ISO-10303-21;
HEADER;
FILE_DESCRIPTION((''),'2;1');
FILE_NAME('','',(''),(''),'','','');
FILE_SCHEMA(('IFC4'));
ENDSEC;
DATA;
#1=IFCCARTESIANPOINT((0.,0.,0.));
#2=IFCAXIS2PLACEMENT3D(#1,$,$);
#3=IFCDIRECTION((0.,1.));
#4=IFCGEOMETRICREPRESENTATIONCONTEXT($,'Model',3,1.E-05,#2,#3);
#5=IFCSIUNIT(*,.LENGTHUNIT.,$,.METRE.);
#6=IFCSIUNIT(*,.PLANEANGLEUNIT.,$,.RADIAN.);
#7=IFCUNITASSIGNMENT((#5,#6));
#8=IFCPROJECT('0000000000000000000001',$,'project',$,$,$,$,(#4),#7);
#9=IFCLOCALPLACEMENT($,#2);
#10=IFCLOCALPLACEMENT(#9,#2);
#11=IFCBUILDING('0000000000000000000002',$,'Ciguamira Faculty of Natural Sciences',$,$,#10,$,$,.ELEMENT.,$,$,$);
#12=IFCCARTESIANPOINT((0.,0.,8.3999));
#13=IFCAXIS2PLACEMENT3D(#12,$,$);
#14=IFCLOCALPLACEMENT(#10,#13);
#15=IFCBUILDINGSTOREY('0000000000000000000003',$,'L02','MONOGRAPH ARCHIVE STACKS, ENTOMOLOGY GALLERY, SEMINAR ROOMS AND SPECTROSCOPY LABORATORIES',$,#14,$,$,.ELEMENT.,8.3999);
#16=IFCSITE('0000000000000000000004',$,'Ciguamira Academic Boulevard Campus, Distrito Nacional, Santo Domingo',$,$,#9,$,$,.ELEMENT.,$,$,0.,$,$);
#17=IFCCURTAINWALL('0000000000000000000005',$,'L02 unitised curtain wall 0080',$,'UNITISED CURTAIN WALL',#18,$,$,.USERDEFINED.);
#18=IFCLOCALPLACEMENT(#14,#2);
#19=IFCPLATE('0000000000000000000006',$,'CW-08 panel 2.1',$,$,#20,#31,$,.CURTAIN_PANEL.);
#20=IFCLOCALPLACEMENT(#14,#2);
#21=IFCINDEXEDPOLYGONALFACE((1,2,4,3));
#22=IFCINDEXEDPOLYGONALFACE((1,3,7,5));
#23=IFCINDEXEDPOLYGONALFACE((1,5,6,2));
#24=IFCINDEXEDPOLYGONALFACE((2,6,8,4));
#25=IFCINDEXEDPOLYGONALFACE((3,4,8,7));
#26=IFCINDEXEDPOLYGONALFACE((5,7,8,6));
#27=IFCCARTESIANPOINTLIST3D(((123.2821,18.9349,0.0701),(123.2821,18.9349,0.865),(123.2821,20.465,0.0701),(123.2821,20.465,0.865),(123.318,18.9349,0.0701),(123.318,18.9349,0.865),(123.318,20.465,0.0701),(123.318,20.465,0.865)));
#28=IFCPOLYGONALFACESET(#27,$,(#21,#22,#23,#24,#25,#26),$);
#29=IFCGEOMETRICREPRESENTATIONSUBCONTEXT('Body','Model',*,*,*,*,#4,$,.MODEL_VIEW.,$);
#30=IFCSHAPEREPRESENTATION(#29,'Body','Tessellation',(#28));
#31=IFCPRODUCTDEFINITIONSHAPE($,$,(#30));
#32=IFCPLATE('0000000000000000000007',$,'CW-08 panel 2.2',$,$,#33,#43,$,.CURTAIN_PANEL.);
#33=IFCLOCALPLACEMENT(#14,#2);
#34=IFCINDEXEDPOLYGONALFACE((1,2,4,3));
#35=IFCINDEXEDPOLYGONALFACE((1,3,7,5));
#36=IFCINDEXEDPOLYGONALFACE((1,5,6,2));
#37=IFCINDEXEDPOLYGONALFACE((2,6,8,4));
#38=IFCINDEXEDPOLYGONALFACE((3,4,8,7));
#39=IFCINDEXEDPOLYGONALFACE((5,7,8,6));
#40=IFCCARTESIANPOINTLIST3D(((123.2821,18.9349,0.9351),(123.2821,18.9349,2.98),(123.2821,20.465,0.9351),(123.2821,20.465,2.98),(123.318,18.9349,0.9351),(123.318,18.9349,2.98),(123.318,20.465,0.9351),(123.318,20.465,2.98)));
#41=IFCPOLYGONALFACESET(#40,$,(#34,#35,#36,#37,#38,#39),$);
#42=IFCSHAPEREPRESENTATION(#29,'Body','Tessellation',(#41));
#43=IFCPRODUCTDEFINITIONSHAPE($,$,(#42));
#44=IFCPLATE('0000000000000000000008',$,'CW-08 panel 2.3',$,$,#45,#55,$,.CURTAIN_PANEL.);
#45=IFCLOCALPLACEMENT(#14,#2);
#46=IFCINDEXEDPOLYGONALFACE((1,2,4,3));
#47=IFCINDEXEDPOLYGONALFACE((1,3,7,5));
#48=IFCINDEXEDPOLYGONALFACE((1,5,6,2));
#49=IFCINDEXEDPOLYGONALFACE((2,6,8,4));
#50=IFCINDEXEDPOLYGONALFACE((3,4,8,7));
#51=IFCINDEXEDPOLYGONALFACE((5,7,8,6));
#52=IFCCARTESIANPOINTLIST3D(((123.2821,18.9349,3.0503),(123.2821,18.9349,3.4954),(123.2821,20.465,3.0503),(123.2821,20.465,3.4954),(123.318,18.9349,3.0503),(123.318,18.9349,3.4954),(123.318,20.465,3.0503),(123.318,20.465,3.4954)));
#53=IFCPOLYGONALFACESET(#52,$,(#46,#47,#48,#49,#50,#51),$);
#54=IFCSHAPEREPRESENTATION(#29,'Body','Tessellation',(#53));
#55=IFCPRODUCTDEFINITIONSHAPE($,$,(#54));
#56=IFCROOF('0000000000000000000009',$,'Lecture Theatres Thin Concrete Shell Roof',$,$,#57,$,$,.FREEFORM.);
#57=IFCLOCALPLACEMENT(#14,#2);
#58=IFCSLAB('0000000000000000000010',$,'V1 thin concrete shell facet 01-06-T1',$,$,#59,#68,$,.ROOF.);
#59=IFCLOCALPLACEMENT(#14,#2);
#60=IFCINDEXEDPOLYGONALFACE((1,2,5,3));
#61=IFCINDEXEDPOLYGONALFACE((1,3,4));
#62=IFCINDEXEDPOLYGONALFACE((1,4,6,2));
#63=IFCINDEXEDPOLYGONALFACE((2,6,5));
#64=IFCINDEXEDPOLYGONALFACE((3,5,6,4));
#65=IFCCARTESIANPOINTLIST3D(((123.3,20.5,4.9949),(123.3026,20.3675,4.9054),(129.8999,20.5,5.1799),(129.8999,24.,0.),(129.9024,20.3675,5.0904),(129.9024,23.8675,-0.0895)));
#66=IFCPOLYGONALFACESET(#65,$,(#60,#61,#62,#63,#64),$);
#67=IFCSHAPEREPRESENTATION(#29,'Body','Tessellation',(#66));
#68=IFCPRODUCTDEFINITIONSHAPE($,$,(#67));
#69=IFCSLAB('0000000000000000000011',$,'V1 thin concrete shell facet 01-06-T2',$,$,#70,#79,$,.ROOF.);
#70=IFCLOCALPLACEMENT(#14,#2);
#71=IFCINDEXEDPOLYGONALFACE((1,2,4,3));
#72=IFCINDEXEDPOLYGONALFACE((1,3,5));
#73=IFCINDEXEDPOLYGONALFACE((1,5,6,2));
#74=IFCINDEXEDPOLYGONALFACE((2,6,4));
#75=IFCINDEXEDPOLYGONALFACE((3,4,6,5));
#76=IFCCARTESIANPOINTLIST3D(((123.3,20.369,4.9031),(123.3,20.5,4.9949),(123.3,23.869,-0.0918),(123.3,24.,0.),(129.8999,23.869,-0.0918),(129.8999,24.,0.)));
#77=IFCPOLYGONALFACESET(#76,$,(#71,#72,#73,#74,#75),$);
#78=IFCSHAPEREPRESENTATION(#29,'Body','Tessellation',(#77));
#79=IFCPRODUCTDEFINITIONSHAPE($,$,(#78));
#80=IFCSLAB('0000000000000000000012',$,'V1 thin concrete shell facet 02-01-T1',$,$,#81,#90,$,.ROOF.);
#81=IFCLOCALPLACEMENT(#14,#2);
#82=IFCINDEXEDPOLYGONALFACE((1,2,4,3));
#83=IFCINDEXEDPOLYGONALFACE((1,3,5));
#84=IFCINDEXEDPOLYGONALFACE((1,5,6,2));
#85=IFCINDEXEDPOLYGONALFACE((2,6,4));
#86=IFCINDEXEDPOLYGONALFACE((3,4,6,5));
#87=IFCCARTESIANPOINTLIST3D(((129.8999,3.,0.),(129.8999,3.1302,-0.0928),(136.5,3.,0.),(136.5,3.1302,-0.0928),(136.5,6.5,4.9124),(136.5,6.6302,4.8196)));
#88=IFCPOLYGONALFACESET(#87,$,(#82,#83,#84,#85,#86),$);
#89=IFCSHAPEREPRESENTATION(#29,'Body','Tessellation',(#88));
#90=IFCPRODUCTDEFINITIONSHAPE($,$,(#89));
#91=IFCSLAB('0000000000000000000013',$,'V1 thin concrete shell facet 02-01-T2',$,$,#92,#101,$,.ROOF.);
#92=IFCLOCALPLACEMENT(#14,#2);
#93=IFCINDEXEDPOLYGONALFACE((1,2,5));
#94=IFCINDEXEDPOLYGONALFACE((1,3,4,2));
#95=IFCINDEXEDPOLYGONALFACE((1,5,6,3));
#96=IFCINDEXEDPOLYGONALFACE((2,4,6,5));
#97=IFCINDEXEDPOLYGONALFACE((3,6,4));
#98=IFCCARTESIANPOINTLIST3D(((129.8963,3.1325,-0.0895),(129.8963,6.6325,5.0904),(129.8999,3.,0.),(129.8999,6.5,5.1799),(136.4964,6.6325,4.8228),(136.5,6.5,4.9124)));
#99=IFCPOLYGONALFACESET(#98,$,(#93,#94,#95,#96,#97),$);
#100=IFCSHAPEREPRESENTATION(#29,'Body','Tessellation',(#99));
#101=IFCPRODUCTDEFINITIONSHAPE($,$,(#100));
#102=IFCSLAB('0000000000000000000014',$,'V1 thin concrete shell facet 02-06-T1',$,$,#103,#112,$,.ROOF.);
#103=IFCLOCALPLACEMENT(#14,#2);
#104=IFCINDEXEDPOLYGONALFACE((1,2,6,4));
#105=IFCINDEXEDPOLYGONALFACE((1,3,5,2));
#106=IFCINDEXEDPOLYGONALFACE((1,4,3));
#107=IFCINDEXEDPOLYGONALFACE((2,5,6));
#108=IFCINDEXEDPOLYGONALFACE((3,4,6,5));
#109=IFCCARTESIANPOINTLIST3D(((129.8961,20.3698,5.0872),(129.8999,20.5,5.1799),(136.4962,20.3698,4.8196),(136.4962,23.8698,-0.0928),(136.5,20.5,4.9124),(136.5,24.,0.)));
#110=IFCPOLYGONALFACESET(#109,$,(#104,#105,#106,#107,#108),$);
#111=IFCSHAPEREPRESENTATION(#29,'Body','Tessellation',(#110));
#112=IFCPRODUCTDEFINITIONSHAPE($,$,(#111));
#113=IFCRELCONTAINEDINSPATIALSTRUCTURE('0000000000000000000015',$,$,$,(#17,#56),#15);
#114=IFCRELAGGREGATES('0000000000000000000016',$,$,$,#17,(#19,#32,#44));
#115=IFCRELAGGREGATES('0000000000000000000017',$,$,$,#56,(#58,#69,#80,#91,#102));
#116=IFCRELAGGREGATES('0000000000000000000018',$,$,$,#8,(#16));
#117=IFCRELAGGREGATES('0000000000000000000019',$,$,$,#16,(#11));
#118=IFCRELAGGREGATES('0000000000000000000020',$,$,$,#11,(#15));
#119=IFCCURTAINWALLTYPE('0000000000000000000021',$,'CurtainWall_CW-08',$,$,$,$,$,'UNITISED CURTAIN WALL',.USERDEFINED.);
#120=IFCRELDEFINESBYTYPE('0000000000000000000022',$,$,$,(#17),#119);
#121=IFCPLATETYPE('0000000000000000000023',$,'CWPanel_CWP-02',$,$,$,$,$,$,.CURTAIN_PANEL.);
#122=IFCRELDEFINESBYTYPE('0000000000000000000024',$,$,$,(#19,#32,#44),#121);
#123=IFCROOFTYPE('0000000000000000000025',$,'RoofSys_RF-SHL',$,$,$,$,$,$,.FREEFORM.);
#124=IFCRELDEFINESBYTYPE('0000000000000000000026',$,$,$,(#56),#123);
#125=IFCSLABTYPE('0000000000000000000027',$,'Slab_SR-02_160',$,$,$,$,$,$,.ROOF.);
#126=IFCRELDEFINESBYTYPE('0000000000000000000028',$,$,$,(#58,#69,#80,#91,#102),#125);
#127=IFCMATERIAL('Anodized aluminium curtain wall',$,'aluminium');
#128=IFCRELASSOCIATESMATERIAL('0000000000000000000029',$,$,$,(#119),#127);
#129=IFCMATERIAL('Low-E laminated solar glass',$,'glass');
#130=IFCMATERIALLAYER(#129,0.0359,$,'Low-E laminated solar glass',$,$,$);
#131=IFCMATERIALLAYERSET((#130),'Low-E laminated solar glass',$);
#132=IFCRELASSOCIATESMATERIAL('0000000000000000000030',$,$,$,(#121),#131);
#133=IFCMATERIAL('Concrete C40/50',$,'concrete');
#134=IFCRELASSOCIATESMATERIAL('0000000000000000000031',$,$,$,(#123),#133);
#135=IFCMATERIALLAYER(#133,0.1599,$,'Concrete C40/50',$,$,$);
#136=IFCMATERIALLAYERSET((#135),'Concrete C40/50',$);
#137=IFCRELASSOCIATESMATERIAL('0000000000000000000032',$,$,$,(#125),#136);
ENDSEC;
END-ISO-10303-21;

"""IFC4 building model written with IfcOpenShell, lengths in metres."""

from ifc_helpers import new_model, si_unit, direction, frame, origin, origin_2d, place, context, subcontext, project, spatial, polyline, rectangle, outline, extrude, material, layer, layer_set, type_object, element, aggregate, save


model = new_model("IFC4")

# Units and contexts
model_context = context("Model", 3, precision=1e-05, world=origin(), true_north=direction((0.0, 1.0)))
body_context = subcontext(model_context, "Body", "Model", "MODEL_VIEW")
ifc_project = project(units=[si_unit("LENGTHUNIT", "METRE"), si_unit("PLANEANGLEUNIT", "RADIAN")], contexts=[model_context])

# Site, building, storey
site_placement = place(None, origin())
site = spatial("IfcSite", under=ifc_project, at=site_placement, Name="Ciguamira Academic Boulevard Campus, Distrito Nacional, Santo Domingo", CompositionType="ELEMENT", RefElevation=0.0)
building_placement = place(site_placement, origin())
building = spatial("IfcBuilding", under=site, at=building_placement, Name="Ciguamira Faculty of Natural Sciences", CompositionType="ELEMENT")
storey_placement = place(building_placement, frame((0.0, 0.0, 8.3999)))
storey = spatial("IfcBuildingStorey", under=building, at=storey_placement, Name="L02", Description="MONOGRAPH ARCHIVE STACKS, ENTOMOLOGY GALLERY, SEMINAR ROOMS AND SPECTROSCOPY LABORATORIES", CompositionType="ELEMENT", Elevation=8.3999)

# Curtain wall
ifc_material_1 = material(Name="Anodized aluminium curtain wall", Category="aluminium")
curtain_wall_type = type_object("IfcCurtainWallType", Name="CurtainWall_CW-08", ElementType="UNITISED CURTAIN WALL", PredefinedType="USERDEFINED", material=ifc_material_1)
curtain_wall_placement = place(storey_placement, origin())
curtain_wall = element("IfcCurtainWall", 1, at=curtain_wall_placement, inside=storey, type_object=curtain_wall_type, Name="L02 unitised curtain wall 0080", ObjectType="UNITISED CURTAIN WALL", PredefinedType="USERDEFINED")

# Shared definitions
ifc_material_2 = material(Name="Concrete C40/50", Category="concrete")

# Plates
ifc_material_3 = material(Name="Low-E laminated solar glass", Category="glass")
ifc_layer_1 = layer(ifc_material_3, 0.0359, Name="Low-E laminated solar glass")
ifc_layer_set_1 = layer_set([ifc_layer_1], Name="Low-E laminated solar glass")
plate_type = type_object("IfcPlateType", Name="CWPanel_CWP-02", PredefinedType="CURTAIN_PANEL", material=ifc_layer_set_1)
plate_1_placement = place(storey_placement, frame((123.3, 19.7, 0.0701), z_axis=(0.0, 0.0, 1.0), x_axis=(0.0, 1.0, 0.0)))
plate_1 = element("IfcPlate", 2, at=plate_1_placement, type_object=plate_type, Name="CW-08 panel 2.1", PredefinedType="CURTAIN_PANEL", context=body_context, shape_type="SweptSolid", body=[
    extrude(rectangle(XDim=1.53, YDim=0.0359, at=origin_2d()), origin(), (0.0, 0.0, 1.0), 0.7949),
])
plate_2_placement = place(storey_placement, frame((123.3, 19.7, 0.9351), z_axis=(0.0, 0.0, 1.0), x_axis=(0.0, 1.0, 0.0)))
plate_2 = element("IfcPlate", 3, at=plate_2_placement, type_object=plate_type, Name="CW-08 panel 2.2", PredefinedType="CURTAIN_PANEL", context=body_context, shape_type="SweptSolid", body=[
    extrude(rectangle(XDim=1.53, YDim=0.0359, at=origin_2d()), origin(), (0.0, 0.0, 1.0), 2.0449),
])
plate_3_placement = place(storey_placement, frame((123.3, 19.7, 3.0503), z_axis=(0.0, 0.0, 1.0), x_axis=(0.0, 1.0, 0.0)))
plate_3 = element("IfcPlate", 4, at=plate_3_placement, type_object=plate_type, Name="CW-08 panel 2.3", PredefinedType="CURTAIN_PANEL", context=body_context, shape_type="SweptSolid", body=[
    extrude(rectangle(XDim=1.53, YDim=0.0359, at=origin_2d()), origin(), (0.0, 0.0, 1.0), 0.4451),
])
aggregate(curtain_wall, [plate_1, plate_2, plate_3])

# Roof, slabs
roof_type = type_object("IfcRoofType", Name="RoofSys_RF-SHL", PredefinedType="FREEFORM", material=ifc_material_2)
roof_placement = place(storey_placement, origin())
roof = element("IfcRoof", 5, at=roof_placement, inside=storey, type_object=roof_type, Name="Lecture Theatres Thin Concrete Shell Roof", PredefinedType="FREEFORM")
ifc_layer_2 = layer(ifc_material_2, 0.1599, Name="Concrete C40/50")
ifc_layer_set_2 = layer_set([ifc_layer_2], Name="Concrete C40/50")
slab_type = type_object("IfcSlabType", Name="Slab_SR-02_160", PredefinedType="ROOF", material=ifc_layer_set_2)
slab_1_placement = place(storey_placement, frame((123.3, 20.5, 4.9949), z_axis=(-0.015696, 0.828483, 0.559794), x_axis=(0.999607, 0.0, 0.028029)))
slab_1 = element("IfcSlab", 6, at=slab_1_placement, type_object=slab_type, Name="V1 thin concrete shell facet 01-06-T1", PredefinedType="ROOF", context=body_context, shape_type="SweptSolid", body=[
    extrude(outline(polyline([(0.0, 0.0), (6.6024, 0.0), (6.4573, 6.2498), (0.0, 0.0)])), origin(), (0.0, 0.0, -1.0), 0.1599),
])
slab_2_placement = place(storey_placement, frame((123.3, 20.5, 4.9949), z_axis=(0.0, 0.818955, 0.573857), x_axis=(0.73442, 0.389474, -0.555821)))
slab_2 = element("IfcSlab", 7, at=slab_2_placement, type_object=slab_type, Name="V1 thin concrete shell facet 01-06-T2", PredefinedType="ROOF", context=body_context, shape_type="SweptSolid", body=[
    extrude(outline(polyline([(0.0, 0.0), (8.9865, 0.0), (4.1394, 4.4793), (0.0, 0.0)])), origin(), (0.0, 0.0, -1.0), 0.1599),
])
slab_3_placement = place(storey_placement, frame((129.8999, 3.0, 0.0), z_axis=(0.0, -0.814425, 0.580269), x_axis=(1.0, 0.0, 0.0)))
slab_3 = element("IfcSlab", 8, at=slab_3_placement, type_object=slab_type, Name="V1 thin concrete shell facet 02-01-T1", PredefinedType="ROOF", context=body_context, shape_type="SweptSolid", body=[
    extrude(outline(polyline([(0.0, 0.0), (6.6001, 0.0), (6.6001, 6.0317), (0.0, 0.0)])), origin(), (0.0, 0.0, -1.0), 0.1599),
])
slab_4_placement = place(storey_placement, frame((129.8999, 3.0, 0.0), z_axis=(0.022692, -0.828372, 0.559718), x_axis=(0.738179, 0.391453, 0.549415)))
slab_4 = element("IfcSlab", 9, at=slab_4_placement, type_object=slab_type, Name="V1 thin concrete shell facet 02-01-T2", PredefinedType="ROOF", context=body_context, shape_type="SweptSolid", body=[
    extrude(outline(polyline([(0.0, 0.0), (8.9411, 0.0), (4.216, 4.6159), (0.0, 0.0)])), origin(), (0.0, 0.0, -1.0), 0.1599),
])
slab_5_placement = place(storey_placement, frame((129.8999, 20.5, 5.1799), z_axis=(0.023518, 0.8142, 0.580109), x_axis=(0.999179, 0.0, -0.040508)))
slab_5 = element("IfcSlab", 10, at=slab_5_placement, type_object=slab_type, Name="V1 thin concrete shell facet 02-06-T1", PredefinedType="ROOF", context=body_context, shape_type="SweptSolid", body=[
    extrude(outline(polyline([(0.0, 0.0), (6.6055, 0.0), (6.8045, 6.0284), (0.0, 0.0)])), origin(), (0.0, 0.0, -1.0), 0.1599),
])
aggregate(roof, [slab_1, slab_2, slab_3, slab_4, slab_5])

save(model, "model.ifc")
